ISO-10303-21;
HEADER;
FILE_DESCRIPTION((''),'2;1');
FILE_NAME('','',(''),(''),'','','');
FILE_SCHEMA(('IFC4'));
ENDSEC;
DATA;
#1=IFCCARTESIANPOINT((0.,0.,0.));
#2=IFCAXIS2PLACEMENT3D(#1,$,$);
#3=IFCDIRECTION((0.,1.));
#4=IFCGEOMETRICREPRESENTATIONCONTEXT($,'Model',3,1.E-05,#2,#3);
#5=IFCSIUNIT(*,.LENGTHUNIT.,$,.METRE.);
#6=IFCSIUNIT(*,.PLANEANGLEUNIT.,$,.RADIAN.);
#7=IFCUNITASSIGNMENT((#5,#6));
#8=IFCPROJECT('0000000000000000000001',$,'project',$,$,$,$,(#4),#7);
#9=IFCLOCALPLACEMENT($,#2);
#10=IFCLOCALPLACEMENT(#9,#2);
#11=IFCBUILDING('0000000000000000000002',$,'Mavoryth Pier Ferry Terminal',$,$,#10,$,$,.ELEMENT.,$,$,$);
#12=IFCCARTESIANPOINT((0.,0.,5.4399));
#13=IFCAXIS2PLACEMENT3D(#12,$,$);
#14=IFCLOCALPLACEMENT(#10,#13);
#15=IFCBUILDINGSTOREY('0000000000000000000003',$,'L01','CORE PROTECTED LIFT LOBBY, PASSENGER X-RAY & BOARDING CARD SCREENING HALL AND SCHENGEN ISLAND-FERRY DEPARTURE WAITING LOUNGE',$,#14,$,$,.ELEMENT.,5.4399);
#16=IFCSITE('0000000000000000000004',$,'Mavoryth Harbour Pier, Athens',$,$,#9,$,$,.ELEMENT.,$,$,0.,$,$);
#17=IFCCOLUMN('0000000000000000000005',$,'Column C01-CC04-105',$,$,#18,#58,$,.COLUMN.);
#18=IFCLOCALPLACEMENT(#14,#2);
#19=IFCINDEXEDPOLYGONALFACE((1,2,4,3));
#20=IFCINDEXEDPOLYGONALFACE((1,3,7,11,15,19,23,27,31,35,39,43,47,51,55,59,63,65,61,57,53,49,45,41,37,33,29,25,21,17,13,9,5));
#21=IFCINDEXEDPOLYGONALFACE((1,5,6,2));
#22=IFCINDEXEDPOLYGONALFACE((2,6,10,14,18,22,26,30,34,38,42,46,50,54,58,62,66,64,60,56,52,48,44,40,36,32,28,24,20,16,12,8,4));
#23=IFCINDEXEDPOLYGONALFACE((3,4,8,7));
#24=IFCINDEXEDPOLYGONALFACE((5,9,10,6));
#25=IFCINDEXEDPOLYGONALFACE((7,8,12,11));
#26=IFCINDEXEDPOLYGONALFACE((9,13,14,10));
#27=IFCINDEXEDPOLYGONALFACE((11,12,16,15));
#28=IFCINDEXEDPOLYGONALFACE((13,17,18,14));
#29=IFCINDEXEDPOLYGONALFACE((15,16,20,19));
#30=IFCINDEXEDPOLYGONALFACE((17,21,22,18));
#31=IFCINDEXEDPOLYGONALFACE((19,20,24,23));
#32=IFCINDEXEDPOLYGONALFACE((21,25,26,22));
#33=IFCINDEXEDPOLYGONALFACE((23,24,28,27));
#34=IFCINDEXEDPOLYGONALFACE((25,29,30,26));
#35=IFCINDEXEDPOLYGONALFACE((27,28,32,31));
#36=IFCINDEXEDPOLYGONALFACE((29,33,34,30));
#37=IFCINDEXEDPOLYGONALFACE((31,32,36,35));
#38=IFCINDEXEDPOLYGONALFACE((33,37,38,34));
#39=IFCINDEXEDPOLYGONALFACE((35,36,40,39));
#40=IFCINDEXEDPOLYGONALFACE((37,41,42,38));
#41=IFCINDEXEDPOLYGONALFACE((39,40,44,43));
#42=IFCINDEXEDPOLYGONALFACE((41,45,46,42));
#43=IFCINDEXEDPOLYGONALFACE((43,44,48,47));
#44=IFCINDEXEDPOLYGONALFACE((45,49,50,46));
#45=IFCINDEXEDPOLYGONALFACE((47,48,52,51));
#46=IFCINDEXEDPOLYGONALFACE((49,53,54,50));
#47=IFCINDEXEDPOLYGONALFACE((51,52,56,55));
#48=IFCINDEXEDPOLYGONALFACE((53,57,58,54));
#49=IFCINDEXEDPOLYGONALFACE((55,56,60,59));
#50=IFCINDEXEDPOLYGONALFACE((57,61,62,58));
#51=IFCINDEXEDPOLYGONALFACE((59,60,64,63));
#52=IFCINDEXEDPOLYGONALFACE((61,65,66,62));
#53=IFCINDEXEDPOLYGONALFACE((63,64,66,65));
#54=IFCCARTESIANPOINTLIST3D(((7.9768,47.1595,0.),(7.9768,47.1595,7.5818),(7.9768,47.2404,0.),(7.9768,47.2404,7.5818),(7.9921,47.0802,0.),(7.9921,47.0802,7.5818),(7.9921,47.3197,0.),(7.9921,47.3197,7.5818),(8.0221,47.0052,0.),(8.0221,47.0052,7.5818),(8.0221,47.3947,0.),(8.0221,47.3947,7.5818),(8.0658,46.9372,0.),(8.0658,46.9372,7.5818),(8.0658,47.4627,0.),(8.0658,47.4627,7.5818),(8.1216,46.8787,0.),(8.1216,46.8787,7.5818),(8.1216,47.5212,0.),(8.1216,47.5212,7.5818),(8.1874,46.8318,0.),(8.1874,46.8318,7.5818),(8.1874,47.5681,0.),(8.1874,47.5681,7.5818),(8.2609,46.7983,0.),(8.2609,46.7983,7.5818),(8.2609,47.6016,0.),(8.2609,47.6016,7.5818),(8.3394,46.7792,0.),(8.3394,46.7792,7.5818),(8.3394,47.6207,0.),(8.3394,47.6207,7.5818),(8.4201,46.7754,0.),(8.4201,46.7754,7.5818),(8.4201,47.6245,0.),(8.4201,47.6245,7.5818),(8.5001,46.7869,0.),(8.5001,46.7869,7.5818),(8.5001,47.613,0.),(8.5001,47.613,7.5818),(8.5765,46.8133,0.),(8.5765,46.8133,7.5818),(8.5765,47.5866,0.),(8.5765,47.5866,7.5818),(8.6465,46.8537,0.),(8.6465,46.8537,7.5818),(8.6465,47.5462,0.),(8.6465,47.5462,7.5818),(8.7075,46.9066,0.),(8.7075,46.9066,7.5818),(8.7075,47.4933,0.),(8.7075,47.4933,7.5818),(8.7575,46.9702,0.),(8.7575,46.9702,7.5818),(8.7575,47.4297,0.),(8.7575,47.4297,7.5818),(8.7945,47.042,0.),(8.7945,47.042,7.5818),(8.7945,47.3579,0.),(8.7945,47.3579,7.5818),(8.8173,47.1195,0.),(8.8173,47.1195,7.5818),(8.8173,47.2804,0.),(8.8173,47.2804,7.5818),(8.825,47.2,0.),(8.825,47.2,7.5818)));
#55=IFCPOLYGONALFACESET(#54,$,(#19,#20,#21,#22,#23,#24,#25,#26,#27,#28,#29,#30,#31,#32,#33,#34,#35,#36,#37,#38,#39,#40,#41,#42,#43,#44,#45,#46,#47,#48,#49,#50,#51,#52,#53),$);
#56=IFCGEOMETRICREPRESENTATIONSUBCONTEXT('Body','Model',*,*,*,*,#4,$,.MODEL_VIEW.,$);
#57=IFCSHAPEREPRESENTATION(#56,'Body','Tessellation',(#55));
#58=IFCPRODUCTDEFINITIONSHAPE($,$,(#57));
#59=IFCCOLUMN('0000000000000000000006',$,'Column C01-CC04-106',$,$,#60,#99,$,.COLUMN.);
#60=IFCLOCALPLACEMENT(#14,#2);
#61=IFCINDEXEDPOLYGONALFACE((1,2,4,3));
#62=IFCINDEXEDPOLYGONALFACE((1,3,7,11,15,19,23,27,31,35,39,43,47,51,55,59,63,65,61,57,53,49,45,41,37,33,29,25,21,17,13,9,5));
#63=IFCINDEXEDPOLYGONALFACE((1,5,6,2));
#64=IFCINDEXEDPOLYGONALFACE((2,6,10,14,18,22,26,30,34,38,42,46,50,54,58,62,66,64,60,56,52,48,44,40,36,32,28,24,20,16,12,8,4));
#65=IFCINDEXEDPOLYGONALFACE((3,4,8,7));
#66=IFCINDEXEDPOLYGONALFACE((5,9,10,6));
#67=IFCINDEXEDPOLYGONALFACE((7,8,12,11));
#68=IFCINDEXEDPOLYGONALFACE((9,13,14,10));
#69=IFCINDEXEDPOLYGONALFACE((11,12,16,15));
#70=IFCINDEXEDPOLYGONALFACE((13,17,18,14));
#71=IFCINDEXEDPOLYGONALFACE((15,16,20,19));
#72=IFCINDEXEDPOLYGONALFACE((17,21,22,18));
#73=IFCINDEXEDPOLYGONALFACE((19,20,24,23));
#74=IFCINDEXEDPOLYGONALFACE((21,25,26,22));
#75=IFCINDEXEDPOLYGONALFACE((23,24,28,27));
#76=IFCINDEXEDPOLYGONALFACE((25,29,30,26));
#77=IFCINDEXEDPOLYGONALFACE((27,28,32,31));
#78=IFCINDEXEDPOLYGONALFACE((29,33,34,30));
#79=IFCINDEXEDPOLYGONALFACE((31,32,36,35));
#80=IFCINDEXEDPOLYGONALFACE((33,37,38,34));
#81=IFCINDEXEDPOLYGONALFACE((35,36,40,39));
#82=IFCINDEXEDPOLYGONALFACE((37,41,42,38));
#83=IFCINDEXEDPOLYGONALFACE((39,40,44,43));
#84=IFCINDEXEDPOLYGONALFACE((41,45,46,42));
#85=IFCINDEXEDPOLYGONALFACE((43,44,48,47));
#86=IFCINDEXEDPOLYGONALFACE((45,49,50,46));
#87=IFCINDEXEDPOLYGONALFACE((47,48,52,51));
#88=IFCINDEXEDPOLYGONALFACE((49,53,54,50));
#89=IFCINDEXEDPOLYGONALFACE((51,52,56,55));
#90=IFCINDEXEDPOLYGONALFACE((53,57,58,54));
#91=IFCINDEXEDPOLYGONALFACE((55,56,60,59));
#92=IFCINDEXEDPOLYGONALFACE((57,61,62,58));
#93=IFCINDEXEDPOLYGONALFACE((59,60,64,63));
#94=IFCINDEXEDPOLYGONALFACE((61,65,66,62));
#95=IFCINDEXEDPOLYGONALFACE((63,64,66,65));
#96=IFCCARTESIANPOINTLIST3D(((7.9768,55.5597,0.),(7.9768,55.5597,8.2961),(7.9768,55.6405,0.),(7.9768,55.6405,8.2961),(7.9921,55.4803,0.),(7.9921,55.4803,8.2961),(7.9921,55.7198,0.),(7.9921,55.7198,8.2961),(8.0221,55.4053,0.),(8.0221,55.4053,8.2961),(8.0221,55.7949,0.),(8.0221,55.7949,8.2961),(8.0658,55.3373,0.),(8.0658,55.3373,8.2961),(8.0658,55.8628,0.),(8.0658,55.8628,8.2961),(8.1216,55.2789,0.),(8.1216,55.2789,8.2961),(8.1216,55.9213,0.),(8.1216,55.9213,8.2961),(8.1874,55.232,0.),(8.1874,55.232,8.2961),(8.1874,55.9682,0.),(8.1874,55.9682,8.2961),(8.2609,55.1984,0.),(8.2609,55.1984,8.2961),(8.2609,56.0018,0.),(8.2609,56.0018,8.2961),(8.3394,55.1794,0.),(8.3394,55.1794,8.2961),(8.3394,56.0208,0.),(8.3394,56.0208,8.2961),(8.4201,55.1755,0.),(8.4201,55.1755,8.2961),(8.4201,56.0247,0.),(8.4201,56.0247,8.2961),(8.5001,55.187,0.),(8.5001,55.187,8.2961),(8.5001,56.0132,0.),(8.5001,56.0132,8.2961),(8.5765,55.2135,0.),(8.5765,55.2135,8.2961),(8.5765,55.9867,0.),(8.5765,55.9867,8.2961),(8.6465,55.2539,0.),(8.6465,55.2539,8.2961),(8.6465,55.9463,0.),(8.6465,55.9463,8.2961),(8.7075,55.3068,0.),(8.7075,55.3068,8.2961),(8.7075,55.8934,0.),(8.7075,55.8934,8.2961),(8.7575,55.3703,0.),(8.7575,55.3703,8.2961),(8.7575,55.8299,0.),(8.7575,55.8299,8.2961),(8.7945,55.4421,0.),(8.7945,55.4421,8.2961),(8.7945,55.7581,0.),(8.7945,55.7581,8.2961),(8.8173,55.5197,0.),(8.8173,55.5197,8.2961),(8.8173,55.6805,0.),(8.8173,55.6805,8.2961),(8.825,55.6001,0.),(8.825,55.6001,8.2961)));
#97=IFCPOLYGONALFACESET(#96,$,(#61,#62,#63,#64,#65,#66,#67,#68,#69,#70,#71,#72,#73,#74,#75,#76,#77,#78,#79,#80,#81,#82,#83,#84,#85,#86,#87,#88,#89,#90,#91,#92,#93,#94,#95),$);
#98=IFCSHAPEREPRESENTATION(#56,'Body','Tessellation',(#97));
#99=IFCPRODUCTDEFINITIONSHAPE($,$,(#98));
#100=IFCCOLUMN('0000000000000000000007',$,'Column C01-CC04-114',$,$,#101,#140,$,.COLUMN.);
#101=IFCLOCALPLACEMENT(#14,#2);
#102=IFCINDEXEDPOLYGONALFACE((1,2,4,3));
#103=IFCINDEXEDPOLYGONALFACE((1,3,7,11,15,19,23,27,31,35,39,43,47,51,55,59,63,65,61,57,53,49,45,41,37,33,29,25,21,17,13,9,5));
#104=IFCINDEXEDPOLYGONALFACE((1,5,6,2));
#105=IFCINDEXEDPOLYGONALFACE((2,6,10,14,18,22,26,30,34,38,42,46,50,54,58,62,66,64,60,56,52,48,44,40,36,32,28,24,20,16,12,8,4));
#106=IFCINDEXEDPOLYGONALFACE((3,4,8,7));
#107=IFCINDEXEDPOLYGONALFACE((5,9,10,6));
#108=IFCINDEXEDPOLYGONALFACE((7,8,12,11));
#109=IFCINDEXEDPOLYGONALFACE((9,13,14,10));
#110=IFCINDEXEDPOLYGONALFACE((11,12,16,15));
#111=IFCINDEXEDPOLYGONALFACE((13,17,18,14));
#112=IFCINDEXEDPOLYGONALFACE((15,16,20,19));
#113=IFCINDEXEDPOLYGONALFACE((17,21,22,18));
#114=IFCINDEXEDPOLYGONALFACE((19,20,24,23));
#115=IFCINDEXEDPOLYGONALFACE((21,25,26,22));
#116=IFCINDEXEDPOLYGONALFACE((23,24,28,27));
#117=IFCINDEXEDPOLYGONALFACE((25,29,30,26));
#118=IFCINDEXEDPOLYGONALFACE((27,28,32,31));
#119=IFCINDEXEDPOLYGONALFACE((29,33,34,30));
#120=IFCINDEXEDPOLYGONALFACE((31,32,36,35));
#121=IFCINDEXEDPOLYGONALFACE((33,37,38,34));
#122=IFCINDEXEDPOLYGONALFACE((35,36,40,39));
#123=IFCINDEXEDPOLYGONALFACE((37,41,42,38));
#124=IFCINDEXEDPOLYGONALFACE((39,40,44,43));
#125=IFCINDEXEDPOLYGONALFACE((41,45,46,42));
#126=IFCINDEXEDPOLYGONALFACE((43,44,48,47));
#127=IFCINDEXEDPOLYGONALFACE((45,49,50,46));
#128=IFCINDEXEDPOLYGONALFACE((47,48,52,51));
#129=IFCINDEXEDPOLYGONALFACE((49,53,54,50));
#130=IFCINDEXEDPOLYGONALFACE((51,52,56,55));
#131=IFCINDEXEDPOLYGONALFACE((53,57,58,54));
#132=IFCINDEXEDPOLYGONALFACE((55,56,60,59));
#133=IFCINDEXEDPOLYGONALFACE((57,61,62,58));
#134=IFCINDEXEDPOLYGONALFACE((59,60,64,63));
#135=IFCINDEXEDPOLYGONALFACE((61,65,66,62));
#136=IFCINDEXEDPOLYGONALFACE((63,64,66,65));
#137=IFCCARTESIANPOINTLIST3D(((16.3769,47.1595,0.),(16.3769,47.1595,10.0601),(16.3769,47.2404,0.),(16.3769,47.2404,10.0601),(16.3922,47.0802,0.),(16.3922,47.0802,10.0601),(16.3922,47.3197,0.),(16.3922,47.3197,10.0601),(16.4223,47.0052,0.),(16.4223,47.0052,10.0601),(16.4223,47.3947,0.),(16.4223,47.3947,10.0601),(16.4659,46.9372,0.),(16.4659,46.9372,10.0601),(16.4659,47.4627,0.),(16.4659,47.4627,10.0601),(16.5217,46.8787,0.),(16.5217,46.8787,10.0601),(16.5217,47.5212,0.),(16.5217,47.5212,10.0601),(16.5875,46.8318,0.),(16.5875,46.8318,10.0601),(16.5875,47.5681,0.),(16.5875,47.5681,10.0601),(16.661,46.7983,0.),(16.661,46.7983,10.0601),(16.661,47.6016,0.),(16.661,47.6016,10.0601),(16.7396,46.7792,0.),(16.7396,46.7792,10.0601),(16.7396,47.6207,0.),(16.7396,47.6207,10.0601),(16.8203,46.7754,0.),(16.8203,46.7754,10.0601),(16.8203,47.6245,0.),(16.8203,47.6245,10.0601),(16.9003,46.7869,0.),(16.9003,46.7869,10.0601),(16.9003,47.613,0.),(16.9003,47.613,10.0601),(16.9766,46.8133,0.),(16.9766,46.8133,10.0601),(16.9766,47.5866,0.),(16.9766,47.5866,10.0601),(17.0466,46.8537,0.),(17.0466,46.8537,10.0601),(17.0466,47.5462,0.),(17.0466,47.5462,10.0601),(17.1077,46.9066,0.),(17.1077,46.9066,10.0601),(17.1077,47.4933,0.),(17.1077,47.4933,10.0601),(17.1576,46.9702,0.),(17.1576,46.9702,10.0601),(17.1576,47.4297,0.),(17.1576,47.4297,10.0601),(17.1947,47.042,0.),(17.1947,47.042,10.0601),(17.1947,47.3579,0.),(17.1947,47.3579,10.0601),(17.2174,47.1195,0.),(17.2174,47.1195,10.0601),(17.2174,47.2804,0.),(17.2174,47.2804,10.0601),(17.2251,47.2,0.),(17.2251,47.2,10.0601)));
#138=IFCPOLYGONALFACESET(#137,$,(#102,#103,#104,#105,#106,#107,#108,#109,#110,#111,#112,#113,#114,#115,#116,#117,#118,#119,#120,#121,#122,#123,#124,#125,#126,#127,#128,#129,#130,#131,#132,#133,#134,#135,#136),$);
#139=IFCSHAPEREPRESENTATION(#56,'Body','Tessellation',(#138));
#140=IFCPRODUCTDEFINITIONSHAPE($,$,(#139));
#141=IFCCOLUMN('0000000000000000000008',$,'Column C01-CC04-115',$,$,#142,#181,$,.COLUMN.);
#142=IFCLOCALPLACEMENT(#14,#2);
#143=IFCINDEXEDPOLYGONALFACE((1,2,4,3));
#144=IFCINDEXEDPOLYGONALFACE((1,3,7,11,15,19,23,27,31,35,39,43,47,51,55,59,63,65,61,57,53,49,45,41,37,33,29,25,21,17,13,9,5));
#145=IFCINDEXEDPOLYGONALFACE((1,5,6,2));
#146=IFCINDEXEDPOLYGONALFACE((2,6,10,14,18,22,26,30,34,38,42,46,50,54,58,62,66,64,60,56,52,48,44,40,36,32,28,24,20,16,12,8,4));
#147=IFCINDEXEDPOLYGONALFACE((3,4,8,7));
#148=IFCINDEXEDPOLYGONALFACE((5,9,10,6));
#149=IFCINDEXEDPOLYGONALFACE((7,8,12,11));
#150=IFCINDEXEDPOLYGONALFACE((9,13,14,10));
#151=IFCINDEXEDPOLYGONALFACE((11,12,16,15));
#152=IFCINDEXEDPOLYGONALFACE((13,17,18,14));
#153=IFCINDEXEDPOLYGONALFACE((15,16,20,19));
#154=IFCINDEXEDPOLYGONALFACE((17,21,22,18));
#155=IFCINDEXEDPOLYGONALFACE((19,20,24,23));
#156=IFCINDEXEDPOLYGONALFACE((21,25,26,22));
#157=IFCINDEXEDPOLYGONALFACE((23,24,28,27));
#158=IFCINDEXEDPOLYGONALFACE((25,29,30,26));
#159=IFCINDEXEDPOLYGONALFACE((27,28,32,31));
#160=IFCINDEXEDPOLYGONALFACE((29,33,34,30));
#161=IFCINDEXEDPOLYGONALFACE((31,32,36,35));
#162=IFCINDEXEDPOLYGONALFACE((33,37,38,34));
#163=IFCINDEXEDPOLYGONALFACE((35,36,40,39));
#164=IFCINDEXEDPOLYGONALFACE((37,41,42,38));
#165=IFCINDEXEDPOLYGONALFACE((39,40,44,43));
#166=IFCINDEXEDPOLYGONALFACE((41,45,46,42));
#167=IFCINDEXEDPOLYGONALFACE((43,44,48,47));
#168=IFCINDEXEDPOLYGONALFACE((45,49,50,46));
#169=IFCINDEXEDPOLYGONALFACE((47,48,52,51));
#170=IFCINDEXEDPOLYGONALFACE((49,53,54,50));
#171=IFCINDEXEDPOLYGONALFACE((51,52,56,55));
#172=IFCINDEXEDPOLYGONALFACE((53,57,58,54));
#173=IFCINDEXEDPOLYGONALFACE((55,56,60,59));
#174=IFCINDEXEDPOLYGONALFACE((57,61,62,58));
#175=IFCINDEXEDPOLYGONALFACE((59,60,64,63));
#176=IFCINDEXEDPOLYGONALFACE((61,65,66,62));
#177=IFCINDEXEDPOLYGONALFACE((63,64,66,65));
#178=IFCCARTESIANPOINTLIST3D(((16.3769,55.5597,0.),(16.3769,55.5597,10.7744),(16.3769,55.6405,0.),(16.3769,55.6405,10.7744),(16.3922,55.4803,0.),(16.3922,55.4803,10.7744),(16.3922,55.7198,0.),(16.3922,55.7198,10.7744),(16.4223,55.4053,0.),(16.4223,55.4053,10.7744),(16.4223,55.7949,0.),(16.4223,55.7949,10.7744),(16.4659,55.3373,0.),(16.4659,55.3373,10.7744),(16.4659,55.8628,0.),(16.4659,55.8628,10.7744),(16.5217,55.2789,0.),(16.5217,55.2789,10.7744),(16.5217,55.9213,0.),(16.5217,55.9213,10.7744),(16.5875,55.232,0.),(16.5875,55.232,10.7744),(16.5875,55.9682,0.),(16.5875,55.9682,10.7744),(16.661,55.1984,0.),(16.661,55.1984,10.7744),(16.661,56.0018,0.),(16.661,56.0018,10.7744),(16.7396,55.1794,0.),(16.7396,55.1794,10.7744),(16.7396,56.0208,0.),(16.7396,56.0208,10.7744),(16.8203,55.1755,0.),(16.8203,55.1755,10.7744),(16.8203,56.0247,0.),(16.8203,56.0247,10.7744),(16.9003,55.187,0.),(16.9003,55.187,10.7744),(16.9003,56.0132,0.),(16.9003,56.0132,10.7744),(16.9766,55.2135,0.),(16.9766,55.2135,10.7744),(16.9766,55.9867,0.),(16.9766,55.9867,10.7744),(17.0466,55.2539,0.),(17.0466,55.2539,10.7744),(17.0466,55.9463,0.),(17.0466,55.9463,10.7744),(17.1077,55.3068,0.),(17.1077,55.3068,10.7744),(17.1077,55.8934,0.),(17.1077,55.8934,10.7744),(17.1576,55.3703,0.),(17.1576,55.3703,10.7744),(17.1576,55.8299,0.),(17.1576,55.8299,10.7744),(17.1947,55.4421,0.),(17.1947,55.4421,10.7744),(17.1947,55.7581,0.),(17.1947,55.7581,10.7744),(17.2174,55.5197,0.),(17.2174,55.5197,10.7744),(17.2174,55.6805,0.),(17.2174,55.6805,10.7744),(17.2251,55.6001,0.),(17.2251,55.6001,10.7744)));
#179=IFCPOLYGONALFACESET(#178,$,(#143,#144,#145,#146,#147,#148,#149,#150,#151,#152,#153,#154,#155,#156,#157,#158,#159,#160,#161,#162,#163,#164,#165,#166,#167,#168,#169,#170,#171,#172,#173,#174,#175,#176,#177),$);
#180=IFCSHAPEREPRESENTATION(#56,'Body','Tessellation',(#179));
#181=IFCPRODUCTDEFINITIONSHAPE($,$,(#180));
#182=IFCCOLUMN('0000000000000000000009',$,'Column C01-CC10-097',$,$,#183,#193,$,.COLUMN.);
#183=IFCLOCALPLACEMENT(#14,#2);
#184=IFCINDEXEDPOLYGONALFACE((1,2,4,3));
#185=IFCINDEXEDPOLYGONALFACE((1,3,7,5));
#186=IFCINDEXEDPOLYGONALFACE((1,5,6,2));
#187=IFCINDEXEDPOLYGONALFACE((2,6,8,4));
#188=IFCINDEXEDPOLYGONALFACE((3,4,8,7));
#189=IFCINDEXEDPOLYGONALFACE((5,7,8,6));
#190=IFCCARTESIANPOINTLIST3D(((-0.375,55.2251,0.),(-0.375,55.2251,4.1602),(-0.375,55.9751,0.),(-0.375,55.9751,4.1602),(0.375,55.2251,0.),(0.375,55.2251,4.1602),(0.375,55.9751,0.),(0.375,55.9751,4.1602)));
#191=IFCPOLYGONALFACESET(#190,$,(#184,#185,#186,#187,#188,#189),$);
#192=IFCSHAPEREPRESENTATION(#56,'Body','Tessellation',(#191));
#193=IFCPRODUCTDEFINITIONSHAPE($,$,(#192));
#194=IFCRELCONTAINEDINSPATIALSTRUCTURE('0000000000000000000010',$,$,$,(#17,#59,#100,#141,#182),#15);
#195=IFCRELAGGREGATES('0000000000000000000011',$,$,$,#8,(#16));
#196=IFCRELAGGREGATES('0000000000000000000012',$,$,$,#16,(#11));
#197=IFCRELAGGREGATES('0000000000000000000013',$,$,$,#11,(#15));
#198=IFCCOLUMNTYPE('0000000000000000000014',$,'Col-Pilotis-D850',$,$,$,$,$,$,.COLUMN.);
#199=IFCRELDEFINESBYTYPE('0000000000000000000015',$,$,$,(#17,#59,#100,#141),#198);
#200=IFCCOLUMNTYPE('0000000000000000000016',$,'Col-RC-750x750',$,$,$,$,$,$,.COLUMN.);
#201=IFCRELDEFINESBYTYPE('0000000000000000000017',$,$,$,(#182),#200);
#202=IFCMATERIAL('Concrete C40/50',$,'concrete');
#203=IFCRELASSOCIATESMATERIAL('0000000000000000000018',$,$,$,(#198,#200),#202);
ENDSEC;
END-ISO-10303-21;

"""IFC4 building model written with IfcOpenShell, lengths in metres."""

from ifc_helpers import new_model, si_unit, direction, frame, origin, origin_2d, place, context, subcontext, project, spatial, rectangle, circle, extrude, material, material_profile, profile_set, type_object, element, save


model = new_model("IFC4")

# Units and contexts
model_context = context("Model", 3, precision=1e-05, world=origin(), true_north=direction((0.0, 1.0)))
body_context = subcontext(model_context, "Body", "Model", "MODEL_VIEW")
ifc_project = project(units=[si_unit("LENGTHUNIT", "METRE"), si_unit("PLANEANGLEUNIT", "RADIAN")], contexts=[model_context])

# Site, building, storey
site_placement = place(None, origin())
site = spatial("IfcSite", under=ifc_project, at=site_placement, Name="Mavoryth Harbour Pier, Athens", CompositionType="ELEMENT", RefElevation=0.0)
building_placement = place(site_placement, origin())
building = spatial("IfcBuilding", under=site, at=building_placement, Name="Mavoryth Pier Ferry Terminal", CompositionType="ELEMENT")
storey_placement = place(building_placement, frame((0.0, 0.0, 5.4399)))
storey = spatial("IfcBuildingStorey", under=building, at=storey_placement, Name="L01", Description="CORE PROTECTED LIFT LOBBY, PASSENGER X-RAY & BOARDING CARD SCREENING HALL AND SCHENGEN ISLAND-FERRY DEPARTURE WAITING LOUNGE", CompositionType="ELEMENT", Elevation=5.4399)

# Columns
ifc_material_1 = material(Name="Concrete C40/50", Category="concrete")
ifc_material_profile_1 = material_profile(ifc_material_1, circle(Radius=0.425, at=origin_2d()), Name="RC D850", Category="concrete")
ifc_profile_set_1 = profile_set([ifc_material_profile_1], Name="Concrete C40/50 - RC D850")
column_type_1 = type_object("IfcColumnType", Name="Col-Pilotis-D850", PredefinedType="COLUMN", material=ifc_profile_set_1)
column_1_placement = place(storey_placement, frame((8.3999, 47.2, 0.0), z_axis=(0.0, 0.0, 1.0), x_axis=(1.0, 0.0, 0.0)))
element("IfcColumn", 1, at=column_1_placement, inside=storey, type_object=column_type_1, Name="Column C01-CC04-105", PredefinedType="COLUMN", context=body_context, shape_type="SweptSolid", body=[
    extrude(circle(Radius=0.425, at=origin_2d()), origin(), (0.0, 0.0, 1.0), 7.5818),
])
column_2_placement = place(storey_placement, frame((8.3999, 55.6001, 0.0), z_axis=(0.0, 0.0, 1.0), x_axis=(1.0, 0.0, 0.0)))
element("IfcColumn", 2, at=column_2_placement, inside=storey, type_object=column_type_1, Name="Column C01-CC04-106", PredefinedType="COLUMN", context=body_context, shape_type="SweptSolid", body=[
    extrude(circle(Radius=0.425, at=origin_2d()), origin(), (0.0, 0.0, 1.0), 8.2961),
])
column_3_placement = place(storey_placement, frame((16.8, 47.2, 0.0), z_axis=(0.0, 0.0, 1.0), x_axis=(1.0, 0.0, 0.0)))
element("IfcColumn", 3, at=column_3_placement, inside=storey, type_object=column_type_1, Name="Column C01-CC04-114", PredefinedType="COLUMN", context=body_context, shape_type="SweptSolid", body=[
    extrude(circle(Radius=0.425, at=origin_2d()), origin(), (0.0, 0.0, 1.0), 10.0601),
])
column_4_placement = place(storey_placement, frame((16.8, 55.6001, 0.0), z_axis=(0.0, 0.0, 1.0), x_axis=(1.0, 0.0, 0.0)))
element("IfcColumn", 4, at=column_4_placement, inside=storey, type_object=column_type_1, Name="Column C01-CC04-115", PredefinedType="COLUMN", context=body_context, shape_type="SweptSolid", body=[
    extrude(circle(Radius=0.425, at=origin_2d()), origin(), (0.0, 0.0, 1.0), 10.7744),
])
ifc_material_profile_2 = material_profile(ifc_material_1, rectangle(XDim=0.75, YDim=0.75, at=origin_2d()), Name="RC 750x750", Category="concrete")
ifc_profile_set_2 = profile_set([ifc_material_profile_2], Name="Concrete C40/50 - RC 750x750")
column_type_2 = type_object("IfcColumnType", Name="Col-RC-750x750", PredefinedType="COLUMN", material=ifc_profile_set_2)
column_5_placement = place(storey_placement, frame((0.0, 55.6001, 0.0), z_axis=(0.0, 0.0, 1.0), x_axis=(1.0, 0.0, 0.0)))
element("IfcColumn", 5, at=column_5_placement, inside=storey, type_object=column_type_2, Name="Column C01-CC10-097", PredefinedType="COLUMN", context=body_context, shape_type="SweptSolid", body=[
    extrude(rectangle(XDim=0.75, YDim=0.75, at=origin_2d()), origin(), (0.0, 0.0, 1.0), 4.1602),
])

save(model, "model.ifc")
